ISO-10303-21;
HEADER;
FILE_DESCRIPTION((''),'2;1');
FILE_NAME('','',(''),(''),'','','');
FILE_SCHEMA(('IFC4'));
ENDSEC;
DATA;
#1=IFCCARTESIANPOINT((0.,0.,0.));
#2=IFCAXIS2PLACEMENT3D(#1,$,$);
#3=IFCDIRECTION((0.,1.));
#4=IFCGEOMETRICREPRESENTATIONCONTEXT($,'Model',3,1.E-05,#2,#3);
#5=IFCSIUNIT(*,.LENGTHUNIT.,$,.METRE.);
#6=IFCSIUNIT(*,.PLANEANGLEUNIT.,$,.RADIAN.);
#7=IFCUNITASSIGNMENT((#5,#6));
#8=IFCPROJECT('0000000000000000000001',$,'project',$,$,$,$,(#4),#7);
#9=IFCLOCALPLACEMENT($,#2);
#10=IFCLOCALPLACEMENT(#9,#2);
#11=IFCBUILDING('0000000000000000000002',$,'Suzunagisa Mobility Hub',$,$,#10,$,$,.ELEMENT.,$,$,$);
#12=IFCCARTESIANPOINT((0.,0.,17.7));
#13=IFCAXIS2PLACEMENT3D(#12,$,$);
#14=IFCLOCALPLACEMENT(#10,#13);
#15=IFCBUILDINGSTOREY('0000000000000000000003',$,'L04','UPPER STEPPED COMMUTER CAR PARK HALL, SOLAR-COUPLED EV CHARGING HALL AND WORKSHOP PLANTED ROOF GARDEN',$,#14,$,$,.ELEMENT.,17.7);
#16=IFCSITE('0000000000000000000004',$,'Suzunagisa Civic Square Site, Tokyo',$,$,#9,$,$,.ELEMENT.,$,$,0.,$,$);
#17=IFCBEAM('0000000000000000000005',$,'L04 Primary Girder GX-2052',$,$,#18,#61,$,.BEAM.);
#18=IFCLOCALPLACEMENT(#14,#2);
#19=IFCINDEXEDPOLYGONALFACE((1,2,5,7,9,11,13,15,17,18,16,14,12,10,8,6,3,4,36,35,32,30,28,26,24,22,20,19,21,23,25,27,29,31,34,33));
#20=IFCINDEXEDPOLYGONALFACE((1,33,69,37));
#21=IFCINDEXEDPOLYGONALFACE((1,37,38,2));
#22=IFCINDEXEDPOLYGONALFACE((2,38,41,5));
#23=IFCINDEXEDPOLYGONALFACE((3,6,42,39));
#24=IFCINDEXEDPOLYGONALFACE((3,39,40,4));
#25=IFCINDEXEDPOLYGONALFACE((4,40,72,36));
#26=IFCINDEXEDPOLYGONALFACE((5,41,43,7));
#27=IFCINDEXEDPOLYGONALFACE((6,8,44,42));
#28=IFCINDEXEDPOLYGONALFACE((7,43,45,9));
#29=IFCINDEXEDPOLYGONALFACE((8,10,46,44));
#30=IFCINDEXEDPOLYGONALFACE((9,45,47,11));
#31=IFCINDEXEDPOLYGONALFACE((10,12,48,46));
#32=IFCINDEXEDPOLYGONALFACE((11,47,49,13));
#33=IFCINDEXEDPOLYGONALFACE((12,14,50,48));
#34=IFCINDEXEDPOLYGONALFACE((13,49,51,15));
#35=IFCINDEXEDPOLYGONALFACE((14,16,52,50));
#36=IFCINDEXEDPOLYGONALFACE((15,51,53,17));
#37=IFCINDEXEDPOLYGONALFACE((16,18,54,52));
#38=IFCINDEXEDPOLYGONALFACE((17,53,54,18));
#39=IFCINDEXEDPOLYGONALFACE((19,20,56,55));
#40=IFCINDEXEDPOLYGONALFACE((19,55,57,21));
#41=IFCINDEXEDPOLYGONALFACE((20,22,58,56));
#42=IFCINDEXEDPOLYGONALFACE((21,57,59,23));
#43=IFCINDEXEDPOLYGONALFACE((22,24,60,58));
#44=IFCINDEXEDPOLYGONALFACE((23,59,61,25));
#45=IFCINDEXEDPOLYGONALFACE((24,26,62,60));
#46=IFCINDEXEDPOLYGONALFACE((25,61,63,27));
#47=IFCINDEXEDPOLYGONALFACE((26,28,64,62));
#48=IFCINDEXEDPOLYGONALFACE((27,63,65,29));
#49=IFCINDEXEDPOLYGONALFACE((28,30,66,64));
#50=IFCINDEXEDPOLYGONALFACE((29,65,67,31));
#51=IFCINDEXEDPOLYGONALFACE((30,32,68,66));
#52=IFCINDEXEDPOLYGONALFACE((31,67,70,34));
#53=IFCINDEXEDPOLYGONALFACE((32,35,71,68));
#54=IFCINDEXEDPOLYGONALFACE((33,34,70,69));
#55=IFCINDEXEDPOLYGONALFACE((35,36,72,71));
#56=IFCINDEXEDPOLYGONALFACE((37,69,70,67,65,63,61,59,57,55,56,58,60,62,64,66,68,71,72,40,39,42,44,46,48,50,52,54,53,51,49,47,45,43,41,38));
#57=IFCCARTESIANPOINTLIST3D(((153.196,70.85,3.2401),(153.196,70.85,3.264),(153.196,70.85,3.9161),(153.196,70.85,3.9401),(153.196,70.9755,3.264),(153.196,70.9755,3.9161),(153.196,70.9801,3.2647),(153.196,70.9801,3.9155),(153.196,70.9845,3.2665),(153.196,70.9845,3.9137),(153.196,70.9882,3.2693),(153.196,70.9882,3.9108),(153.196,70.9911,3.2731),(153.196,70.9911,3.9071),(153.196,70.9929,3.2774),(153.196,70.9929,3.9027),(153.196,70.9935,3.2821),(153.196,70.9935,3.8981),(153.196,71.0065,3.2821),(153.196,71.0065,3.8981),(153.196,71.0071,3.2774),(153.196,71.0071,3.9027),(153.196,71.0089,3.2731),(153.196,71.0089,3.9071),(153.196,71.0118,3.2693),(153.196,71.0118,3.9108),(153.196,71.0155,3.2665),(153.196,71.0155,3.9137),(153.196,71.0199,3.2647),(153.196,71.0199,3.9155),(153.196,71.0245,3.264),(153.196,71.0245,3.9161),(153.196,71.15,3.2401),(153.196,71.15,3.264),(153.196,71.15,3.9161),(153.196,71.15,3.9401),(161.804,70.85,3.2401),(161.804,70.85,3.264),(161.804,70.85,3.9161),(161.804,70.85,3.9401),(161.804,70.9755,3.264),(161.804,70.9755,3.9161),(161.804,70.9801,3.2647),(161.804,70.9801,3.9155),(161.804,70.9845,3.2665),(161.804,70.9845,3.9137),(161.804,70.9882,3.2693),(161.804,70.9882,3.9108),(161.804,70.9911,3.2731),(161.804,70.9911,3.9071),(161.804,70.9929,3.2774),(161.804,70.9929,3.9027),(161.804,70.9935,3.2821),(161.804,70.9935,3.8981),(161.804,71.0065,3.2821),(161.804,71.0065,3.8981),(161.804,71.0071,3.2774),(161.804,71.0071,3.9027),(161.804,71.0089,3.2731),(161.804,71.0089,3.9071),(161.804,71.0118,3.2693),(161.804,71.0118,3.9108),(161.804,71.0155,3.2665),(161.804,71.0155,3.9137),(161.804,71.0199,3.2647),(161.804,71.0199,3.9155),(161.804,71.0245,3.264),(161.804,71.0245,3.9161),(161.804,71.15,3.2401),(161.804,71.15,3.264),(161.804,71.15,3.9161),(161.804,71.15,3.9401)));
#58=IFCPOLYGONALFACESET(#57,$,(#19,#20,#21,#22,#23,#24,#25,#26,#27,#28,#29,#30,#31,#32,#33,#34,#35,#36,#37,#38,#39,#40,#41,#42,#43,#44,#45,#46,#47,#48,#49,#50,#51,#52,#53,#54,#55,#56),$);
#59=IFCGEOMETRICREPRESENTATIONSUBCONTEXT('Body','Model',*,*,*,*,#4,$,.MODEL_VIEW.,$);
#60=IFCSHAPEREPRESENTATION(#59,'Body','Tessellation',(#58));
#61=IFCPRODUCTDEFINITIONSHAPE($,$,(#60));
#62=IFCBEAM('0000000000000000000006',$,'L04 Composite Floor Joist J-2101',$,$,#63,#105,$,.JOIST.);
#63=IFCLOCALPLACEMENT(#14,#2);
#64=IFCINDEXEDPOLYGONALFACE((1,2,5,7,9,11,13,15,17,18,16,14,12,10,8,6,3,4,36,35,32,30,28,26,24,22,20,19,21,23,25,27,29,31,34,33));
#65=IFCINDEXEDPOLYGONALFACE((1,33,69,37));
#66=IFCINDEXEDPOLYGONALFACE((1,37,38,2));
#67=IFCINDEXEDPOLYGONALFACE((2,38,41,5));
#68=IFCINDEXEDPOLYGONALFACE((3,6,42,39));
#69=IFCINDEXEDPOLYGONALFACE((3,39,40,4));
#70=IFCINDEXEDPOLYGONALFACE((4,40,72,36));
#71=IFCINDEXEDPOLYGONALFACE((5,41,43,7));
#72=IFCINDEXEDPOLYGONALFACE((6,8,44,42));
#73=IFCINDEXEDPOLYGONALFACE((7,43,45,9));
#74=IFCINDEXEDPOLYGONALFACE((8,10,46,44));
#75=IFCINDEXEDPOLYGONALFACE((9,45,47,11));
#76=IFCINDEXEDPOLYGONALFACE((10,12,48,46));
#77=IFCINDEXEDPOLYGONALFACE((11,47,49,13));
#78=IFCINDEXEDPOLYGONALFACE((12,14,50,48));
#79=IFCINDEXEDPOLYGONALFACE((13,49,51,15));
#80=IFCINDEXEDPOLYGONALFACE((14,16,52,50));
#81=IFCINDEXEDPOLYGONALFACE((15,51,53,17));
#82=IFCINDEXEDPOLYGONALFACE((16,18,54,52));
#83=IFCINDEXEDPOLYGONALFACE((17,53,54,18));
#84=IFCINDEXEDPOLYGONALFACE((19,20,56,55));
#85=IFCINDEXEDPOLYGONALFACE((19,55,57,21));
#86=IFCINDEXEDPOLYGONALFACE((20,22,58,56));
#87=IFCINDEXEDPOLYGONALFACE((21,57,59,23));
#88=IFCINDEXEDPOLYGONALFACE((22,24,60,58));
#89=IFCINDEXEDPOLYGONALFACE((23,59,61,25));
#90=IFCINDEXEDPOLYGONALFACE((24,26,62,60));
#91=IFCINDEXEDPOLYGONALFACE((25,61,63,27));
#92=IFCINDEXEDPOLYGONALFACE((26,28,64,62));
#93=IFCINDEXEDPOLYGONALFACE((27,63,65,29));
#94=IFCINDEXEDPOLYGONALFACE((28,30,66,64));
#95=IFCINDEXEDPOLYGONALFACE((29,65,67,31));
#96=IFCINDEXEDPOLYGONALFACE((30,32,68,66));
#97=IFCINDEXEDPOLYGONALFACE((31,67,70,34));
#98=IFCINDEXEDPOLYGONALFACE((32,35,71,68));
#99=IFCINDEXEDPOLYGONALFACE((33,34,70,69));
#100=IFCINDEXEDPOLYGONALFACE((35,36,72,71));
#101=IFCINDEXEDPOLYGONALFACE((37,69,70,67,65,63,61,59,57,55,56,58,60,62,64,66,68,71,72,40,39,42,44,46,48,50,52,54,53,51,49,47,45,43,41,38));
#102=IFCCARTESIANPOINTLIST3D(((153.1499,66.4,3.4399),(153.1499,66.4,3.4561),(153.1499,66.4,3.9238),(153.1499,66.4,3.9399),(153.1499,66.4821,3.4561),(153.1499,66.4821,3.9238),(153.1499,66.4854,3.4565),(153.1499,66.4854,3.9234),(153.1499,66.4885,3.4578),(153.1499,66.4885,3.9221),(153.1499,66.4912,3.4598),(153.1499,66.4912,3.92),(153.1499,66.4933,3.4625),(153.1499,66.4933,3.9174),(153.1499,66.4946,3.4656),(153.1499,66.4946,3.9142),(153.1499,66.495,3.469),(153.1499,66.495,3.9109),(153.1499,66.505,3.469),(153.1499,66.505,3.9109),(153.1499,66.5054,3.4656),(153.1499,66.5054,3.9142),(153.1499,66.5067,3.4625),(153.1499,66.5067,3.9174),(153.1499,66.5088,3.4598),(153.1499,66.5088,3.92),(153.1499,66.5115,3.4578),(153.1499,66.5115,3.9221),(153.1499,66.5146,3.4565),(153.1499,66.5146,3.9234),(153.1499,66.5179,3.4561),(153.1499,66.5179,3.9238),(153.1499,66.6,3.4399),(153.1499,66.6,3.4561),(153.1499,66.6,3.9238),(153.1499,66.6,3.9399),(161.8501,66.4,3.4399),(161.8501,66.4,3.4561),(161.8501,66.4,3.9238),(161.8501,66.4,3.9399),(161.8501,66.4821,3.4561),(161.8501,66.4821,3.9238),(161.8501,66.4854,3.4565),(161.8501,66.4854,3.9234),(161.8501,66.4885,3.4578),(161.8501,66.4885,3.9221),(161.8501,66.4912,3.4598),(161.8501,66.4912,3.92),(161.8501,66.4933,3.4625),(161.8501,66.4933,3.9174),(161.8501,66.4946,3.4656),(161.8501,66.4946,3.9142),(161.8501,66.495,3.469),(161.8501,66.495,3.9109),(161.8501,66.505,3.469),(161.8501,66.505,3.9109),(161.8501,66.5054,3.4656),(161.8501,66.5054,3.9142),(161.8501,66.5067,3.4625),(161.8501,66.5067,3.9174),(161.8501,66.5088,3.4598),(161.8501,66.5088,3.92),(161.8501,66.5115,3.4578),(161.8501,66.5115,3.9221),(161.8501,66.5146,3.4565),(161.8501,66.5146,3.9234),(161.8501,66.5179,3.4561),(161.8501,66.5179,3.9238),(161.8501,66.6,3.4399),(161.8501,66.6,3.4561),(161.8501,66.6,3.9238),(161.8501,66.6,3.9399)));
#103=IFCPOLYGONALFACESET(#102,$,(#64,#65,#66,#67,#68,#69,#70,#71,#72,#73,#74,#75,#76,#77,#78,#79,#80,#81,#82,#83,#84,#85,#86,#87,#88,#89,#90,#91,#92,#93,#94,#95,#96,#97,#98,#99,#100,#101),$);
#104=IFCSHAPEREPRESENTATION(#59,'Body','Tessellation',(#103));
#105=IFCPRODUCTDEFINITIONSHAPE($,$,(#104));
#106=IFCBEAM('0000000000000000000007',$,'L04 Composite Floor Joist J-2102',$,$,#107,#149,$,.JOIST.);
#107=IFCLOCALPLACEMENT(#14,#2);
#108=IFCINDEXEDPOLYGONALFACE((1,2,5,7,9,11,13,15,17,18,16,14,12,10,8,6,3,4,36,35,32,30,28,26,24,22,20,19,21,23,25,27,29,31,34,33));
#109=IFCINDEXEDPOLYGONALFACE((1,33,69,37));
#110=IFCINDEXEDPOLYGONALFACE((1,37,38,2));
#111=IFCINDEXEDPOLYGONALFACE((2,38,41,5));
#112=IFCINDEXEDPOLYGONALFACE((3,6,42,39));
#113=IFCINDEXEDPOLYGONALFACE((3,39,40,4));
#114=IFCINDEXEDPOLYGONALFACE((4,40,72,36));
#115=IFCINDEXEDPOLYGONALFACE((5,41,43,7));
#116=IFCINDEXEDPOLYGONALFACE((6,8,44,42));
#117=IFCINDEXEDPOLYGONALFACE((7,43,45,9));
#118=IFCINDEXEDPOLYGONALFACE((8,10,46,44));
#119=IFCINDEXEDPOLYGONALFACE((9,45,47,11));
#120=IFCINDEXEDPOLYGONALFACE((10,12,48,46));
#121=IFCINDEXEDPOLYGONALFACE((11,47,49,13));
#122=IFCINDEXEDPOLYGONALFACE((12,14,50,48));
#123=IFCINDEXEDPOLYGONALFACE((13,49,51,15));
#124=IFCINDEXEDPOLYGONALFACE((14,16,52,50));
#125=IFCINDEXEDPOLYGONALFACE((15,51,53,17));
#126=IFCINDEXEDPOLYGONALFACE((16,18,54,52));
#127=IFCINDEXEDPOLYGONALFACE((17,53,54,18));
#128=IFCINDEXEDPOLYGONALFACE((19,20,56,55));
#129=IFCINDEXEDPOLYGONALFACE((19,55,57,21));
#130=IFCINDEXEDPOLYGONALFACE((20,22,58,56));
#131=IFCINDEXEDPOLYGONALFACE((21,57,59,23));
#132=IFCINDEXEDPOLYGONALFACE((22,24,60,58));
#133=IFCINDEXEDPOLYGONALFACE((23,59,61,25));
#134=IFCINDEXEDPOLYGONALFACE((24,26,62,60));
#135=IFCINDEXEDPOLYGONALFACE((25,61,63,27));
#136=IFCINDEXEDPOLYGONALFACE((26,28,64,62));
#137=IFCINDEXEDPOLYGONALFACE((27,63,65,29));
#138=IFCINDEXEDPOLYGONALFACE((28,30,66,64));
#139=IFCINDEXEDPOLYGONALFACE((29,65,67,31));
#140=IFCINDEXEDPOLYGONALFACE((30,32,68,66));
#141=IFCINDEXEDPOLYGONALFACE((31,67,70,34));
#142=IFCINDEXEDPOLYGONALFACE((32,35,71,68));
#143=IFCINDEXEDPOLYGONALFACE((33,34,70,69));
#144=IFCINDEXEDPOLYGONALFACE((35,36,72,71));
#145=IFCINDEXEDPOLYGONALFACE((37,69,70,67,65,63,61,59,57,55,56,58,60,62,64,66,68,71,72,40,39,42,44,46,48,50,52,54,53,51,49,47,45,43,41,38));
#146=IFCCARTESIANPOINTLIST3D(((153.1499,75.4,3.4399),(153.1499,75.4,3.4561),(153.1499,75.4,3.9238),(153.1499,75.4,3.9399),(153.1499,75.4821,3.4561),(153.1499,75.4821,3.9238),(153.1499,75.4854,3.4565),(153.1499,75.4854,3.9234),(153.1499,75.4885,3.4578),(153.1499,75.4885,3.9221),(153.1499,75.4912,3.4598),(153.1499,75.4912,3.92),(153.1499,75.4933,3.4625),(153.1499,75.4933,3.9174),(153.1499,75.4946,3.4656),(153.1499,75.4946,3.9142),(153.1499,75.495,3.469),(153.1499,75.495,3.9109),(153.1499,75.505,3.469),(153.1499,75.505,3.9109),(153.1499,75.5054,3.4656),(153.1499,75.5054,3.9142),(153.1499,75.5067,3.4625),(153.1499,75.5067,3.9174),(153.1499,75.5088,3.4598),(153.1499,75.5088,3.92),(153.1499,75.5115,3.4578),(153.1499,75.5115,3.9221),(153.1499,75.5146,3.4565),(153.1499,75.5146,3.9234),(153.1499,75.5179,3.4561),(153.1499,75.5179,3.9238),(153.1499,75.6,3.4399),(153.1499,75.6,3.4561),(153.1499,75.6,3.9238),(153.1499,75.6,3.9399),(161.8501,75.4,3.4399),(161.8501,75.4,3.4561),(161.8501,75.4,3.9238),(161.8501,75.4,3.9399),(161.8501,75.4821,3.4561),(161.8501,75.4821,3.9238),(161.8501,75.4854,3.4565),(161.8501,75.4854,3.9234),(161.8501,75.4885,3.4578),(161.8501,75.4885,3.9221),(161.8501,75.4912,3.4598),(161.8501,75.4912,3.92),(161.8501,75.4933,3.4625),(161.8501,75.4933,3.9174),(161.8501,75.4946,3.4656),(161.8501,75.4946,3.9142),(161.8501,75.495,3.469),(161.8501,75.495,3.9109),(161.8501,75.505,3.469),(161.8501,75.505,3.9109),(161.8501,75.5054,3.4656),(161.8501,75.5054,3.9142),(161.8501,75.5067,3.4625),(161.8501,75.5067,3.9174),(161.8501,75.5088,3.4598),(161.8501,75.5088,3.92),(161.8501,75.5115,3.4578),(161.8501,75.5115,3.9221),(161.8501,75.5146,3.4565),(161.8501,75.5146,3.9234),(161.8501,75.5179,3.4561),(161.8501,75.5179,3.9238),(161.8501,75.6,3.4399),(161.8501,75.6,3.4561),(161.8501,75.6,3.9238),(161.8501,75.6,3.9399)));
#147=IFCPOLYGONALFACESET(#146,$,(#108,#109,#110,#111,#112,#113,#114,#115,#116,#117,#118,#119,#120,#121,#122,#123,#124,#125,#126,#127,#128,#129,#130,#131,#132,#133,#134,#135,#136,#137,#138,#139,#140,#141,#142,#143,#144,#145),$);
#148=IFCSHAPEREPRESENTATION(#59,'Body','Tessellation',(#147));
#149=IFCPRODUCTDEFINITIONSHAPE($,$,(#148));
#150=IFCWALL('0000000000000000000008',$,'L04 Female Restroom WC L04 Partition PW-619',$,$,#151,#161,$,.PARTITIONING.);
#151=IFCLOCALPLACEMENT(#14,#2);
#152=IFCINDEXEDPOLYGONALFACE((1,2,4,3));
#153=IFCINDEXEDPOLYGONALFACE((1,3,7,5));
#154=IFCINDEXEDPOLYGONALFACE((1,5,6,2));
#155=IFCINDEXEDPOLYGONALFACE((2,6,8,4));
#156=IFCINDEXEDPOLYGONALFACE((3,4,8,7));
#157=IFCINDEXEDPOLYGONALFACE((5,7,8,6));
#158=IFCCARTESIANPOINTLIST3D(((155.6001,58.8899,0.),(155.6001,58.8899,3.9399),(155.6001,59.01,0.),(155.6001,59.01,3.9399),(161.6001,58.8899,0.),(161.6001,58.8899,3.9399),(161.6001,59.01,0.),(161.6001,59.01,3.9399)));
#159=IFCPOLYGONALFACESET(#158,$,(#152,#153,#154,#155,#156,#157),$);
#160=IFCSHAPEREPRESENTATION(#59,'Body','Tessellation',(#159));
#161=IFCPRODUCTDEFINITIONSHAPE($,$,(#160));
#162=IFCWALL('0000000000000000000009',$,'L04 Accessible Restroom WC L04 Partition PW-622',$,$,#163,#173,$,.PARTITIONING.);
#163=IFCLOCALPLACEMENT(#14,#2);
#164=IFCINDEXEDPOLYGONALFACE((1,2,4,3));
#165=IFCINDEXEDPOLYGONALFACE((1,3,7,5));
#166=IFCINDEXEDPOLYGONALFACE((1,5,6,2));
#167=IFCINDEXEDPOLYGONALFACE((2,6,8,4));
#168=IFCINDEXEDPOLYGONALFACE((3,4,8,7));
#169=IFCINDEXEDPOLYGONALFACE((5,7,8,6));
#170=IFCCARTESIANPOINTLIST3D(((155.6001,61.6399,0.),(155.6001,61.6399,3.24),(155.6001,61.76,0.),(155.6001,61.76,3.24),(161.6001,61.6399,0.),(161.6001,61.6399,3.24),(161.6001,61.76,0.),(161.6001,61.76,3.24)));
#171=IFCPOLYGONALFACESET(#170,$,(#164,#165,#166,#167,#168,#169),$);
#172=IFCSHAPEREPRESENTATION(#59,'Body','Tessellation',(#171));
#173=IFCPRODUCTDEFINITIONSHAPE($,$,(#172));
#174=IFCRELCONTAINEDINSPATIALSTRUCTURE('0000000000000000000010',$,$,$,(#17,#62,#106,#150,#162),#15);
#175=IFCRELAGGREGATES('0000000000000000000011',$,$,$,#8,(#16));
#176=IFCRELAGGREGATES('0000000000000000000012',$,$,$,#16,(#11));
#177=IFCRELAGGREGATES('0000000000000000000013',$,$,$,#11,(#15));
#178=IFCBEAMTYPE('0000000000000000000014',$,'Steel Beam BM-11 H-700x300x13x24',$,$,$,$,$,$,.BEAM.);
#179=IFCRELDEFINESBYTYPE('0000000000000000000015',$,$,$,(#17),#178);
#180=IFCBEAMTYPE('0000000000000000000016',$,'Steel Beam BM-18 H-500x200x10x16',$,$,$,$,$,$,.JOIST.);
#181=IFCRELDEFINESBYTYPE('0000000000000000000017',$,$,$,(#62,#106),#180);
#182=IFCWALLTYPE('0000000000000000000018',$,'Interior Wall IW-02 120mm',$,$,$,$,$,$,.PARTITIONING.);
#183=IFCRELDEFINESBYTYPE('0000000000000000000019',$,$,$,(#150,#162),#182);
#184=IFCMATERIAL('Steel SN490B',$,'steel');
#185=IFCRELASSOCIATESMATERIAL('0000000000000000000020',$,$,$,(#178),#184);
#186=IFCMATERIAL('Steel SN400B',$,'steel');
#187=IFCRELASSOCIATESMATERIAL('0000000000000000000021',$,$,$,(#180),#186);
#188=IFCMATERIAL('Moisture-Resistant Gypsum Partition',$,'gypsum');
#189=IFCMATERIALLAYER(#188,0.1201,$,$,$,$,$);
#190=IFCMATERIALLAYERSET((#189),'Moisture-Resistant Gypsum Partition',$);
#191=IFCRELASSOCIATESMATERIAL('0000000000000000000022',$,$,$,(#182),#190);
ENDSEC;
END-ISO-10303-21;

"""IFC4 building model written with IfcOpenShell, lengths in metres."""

from ifc_helpers import new_model, si_unit, direction, frame, frame_2d, origin, origin_2d, place, context, subcontext, project, spatial, rectangle, i_section, extrude, material, layer, layer_set, material_profile, profile_set, type_object, element, save


model = new_model("IFC4")

# Units and contexts
model_context = context("Model", 3, precision=1e-05, world=origin(), true_north=direction((0.0, 1.0)))
body_context = subcontext(model_context, "Body", "Model", "MODEL_VIEW")
ifc_project = project(units=[si_unit("LENGTHUNIT", "METRE"), si_unit("PLANEANGLEUNIT", "RADIAN")], contexts=[model_context])

# Site, building, storey
site_placement = place(None, origin())
site = spatial("IfcSite", under=ifc_project, at=site_placement, Name="Suzunagisa Civic Square Site, Tokyo", CompositionType="ELEMENT", RefElevation=0.0)
building_placement = place(site_placement, origin())
building = spatial("IfcBuilding", under=site, at=building_placement, Name="Suzunagisa Mobility Hub", CompositionType="ELEMENT")
storey_placement = place(building_placement, frame((0.0, 0.0, 17.7)))
storey = spatial("IfcBuildingStorey", under=building, at=storey_placement, Name="L04", Description="UPPER STEPPED COMMUTER CAR PARK HALL, SOLAR-COUPLED EV CHARGING HALL AND WORKSHOP PLANTED ROOF GARDEN", CompositionType="ELEMENT", Elevation=17.7)

# Shared definitions
ifc_material_1 = material(Name="Steel SN490B", Category="steel")

# Beams
ifc_material_profile_1 = material_profile(ifc_material_1, i_section(OverallWidth=0.3, OverallDepth=0.7, WebThickness=0.0129, FlangeThickness=0.0239, FilletRadius=0.0181, at=origin_2d()), Name="H-700x300x13x24")
ifc_profile_set_1 = profile_set([ifc_material_profile_1], Name="Steel SN490B")
beam_type_1 = type_object("IfcBeamType", Name="Steel Beam BM-11 H-700x300x13x24", PredefinedType="BEAM", material=ifc_profile_set_1)
for number, where, z_axis, x_axis, name in (
    (1, (153.196, 71.0, 3.5901), (1.0, 0.0, 0.0), (0.0, 1.0, 0.0), "L04 Primary Girder GX-2052"),
):
    element("IfcBeam", number, at=place(storey_placement, frame(where, z_axis=z_axis, x_axis=x_axis)), inside=storey, type_object=beam_type_1, Name=name, PredefinedType="BEAM", context=body_context, shape_type="SweptSolid", body=[
        extrude(i_section(OverallWidth=0.3, OverallDepth=0.7, WebThickness=0.0129, FlangeThickness=0.0239, FilletRadius=0.0181, at=origin_2d()), origin(), (0.0, 0.0, 1.0), 8.6079),
    ])
ifc_material_2 = material(Name="Steel SN400B", Category="steel")
ifc_material_profile_2 = material_profile(ifc_material_2, i_section(OverallWidth=0.2, OverallDepth=0.5, WebThickness=0.01, FlangeThickness=0.0161, FilletRadius=0.0129, at=origin_2d()), Name="H-500x200x10x16")
ifc_profile_set_2 = profile_set([ifc_material_profile_2], Name="Steel SN400B")
beam_type_2 = type_object("IfcBeamType", Name="Steel Beam BM-18 H-500x200x10x16", PredefinedType="JOIST", material=ifc_profile_set_2)
for number, where, z_axis, x_axis, name in (
    (2, (153.1499, 66.5, 3.6899), (1.0, 0.0, 0.0), (0.0, 1.0, 0.0), "L04 Composite Floor Joist J-2101"),
    (3, (153.1499, 75.5, 3.6899), (1.0, 0.0, 0.0), (0.0, 1.0, 0.0), "L04 Composite Floor Joist J-2102"),
):
    element("IfcBeam", number, at=place(storey_placement, frame(where, z_axis=z_axis, x_axis=x_axis)), inside=storey, type_object=beam_type_2, Name=name, PredefinedType="JOIST", context=body_context, shape_type="SweptSolid", body=[
        extrude(i_section(OverallWidth=0.2, OverallDepth=0.5, WebThickness=0.01, FlangeThickness=0.0161, FilletRadius=0.0129, at=origin_2d()), origin(), (0.0, 0.0, 1.0), 8.7002),
    ])

# Walls
ifc_material_3 = material(Name="Moisture-Resistant Gypsum Partition", Category="gypsum")
ifc_layer_1 = layer(ifc_material_3, 0.1201)
ifc_layer_set_1 = layer_set([ifc_layer_1], Name="Moisture-Resistant Gypsum Partition")
wall_type_1 = type_object("IfcWallType", Name="Interior Wall IW-02 120mm", PredefinedType="PARTITIONING", material=ifc_layer_set_1)
wall_1_placement = place(storey_placement, frame((155.6001, 58.95, 0.0), z_axis=(0.0, 0.0, 1.0), x_axis=(1.0, 0.0, 0.0)))
element("IfcWall", 4, at=wall_1_placement, inside=storey, type_object=wall_type_1, Name="L04 Female Restroom WC L04 Partition PW-619", PredefinedType="PARTITIONING", context=body_context, shape_type="SweptSolid", body=[
    extrude(rectangle(XDim=6.0, YDim=0.1201, at=frame_2d((3.0, 0.0))), origin(), (0.0, 0.0, 1.0), 3.9399),
])
wall_2_placement = place(storey_placement, frame((155.6001, 61.7, 0.0), z_axis=(0.0, 0.0, 1.0), x_axis=(1.0, 0.0, 0.0)))
element("IfcWall", 5, at=wall_2_placement, inside=storey, type_object=wall_type_1, Name="L04 Accessible Restroom WC L04 Partition PW-622", PredefinedType="PARTITIONING", context=body_context, shape_type="SweptSolid", body=[
    extrude(rectangle(XDim=6.0, YDim=0.1201, at=frame_2d((3.0, 0.0))), origin(), (0.0, 0.0, 1.0), 3.24),
])

save(model, "model.ifc")
